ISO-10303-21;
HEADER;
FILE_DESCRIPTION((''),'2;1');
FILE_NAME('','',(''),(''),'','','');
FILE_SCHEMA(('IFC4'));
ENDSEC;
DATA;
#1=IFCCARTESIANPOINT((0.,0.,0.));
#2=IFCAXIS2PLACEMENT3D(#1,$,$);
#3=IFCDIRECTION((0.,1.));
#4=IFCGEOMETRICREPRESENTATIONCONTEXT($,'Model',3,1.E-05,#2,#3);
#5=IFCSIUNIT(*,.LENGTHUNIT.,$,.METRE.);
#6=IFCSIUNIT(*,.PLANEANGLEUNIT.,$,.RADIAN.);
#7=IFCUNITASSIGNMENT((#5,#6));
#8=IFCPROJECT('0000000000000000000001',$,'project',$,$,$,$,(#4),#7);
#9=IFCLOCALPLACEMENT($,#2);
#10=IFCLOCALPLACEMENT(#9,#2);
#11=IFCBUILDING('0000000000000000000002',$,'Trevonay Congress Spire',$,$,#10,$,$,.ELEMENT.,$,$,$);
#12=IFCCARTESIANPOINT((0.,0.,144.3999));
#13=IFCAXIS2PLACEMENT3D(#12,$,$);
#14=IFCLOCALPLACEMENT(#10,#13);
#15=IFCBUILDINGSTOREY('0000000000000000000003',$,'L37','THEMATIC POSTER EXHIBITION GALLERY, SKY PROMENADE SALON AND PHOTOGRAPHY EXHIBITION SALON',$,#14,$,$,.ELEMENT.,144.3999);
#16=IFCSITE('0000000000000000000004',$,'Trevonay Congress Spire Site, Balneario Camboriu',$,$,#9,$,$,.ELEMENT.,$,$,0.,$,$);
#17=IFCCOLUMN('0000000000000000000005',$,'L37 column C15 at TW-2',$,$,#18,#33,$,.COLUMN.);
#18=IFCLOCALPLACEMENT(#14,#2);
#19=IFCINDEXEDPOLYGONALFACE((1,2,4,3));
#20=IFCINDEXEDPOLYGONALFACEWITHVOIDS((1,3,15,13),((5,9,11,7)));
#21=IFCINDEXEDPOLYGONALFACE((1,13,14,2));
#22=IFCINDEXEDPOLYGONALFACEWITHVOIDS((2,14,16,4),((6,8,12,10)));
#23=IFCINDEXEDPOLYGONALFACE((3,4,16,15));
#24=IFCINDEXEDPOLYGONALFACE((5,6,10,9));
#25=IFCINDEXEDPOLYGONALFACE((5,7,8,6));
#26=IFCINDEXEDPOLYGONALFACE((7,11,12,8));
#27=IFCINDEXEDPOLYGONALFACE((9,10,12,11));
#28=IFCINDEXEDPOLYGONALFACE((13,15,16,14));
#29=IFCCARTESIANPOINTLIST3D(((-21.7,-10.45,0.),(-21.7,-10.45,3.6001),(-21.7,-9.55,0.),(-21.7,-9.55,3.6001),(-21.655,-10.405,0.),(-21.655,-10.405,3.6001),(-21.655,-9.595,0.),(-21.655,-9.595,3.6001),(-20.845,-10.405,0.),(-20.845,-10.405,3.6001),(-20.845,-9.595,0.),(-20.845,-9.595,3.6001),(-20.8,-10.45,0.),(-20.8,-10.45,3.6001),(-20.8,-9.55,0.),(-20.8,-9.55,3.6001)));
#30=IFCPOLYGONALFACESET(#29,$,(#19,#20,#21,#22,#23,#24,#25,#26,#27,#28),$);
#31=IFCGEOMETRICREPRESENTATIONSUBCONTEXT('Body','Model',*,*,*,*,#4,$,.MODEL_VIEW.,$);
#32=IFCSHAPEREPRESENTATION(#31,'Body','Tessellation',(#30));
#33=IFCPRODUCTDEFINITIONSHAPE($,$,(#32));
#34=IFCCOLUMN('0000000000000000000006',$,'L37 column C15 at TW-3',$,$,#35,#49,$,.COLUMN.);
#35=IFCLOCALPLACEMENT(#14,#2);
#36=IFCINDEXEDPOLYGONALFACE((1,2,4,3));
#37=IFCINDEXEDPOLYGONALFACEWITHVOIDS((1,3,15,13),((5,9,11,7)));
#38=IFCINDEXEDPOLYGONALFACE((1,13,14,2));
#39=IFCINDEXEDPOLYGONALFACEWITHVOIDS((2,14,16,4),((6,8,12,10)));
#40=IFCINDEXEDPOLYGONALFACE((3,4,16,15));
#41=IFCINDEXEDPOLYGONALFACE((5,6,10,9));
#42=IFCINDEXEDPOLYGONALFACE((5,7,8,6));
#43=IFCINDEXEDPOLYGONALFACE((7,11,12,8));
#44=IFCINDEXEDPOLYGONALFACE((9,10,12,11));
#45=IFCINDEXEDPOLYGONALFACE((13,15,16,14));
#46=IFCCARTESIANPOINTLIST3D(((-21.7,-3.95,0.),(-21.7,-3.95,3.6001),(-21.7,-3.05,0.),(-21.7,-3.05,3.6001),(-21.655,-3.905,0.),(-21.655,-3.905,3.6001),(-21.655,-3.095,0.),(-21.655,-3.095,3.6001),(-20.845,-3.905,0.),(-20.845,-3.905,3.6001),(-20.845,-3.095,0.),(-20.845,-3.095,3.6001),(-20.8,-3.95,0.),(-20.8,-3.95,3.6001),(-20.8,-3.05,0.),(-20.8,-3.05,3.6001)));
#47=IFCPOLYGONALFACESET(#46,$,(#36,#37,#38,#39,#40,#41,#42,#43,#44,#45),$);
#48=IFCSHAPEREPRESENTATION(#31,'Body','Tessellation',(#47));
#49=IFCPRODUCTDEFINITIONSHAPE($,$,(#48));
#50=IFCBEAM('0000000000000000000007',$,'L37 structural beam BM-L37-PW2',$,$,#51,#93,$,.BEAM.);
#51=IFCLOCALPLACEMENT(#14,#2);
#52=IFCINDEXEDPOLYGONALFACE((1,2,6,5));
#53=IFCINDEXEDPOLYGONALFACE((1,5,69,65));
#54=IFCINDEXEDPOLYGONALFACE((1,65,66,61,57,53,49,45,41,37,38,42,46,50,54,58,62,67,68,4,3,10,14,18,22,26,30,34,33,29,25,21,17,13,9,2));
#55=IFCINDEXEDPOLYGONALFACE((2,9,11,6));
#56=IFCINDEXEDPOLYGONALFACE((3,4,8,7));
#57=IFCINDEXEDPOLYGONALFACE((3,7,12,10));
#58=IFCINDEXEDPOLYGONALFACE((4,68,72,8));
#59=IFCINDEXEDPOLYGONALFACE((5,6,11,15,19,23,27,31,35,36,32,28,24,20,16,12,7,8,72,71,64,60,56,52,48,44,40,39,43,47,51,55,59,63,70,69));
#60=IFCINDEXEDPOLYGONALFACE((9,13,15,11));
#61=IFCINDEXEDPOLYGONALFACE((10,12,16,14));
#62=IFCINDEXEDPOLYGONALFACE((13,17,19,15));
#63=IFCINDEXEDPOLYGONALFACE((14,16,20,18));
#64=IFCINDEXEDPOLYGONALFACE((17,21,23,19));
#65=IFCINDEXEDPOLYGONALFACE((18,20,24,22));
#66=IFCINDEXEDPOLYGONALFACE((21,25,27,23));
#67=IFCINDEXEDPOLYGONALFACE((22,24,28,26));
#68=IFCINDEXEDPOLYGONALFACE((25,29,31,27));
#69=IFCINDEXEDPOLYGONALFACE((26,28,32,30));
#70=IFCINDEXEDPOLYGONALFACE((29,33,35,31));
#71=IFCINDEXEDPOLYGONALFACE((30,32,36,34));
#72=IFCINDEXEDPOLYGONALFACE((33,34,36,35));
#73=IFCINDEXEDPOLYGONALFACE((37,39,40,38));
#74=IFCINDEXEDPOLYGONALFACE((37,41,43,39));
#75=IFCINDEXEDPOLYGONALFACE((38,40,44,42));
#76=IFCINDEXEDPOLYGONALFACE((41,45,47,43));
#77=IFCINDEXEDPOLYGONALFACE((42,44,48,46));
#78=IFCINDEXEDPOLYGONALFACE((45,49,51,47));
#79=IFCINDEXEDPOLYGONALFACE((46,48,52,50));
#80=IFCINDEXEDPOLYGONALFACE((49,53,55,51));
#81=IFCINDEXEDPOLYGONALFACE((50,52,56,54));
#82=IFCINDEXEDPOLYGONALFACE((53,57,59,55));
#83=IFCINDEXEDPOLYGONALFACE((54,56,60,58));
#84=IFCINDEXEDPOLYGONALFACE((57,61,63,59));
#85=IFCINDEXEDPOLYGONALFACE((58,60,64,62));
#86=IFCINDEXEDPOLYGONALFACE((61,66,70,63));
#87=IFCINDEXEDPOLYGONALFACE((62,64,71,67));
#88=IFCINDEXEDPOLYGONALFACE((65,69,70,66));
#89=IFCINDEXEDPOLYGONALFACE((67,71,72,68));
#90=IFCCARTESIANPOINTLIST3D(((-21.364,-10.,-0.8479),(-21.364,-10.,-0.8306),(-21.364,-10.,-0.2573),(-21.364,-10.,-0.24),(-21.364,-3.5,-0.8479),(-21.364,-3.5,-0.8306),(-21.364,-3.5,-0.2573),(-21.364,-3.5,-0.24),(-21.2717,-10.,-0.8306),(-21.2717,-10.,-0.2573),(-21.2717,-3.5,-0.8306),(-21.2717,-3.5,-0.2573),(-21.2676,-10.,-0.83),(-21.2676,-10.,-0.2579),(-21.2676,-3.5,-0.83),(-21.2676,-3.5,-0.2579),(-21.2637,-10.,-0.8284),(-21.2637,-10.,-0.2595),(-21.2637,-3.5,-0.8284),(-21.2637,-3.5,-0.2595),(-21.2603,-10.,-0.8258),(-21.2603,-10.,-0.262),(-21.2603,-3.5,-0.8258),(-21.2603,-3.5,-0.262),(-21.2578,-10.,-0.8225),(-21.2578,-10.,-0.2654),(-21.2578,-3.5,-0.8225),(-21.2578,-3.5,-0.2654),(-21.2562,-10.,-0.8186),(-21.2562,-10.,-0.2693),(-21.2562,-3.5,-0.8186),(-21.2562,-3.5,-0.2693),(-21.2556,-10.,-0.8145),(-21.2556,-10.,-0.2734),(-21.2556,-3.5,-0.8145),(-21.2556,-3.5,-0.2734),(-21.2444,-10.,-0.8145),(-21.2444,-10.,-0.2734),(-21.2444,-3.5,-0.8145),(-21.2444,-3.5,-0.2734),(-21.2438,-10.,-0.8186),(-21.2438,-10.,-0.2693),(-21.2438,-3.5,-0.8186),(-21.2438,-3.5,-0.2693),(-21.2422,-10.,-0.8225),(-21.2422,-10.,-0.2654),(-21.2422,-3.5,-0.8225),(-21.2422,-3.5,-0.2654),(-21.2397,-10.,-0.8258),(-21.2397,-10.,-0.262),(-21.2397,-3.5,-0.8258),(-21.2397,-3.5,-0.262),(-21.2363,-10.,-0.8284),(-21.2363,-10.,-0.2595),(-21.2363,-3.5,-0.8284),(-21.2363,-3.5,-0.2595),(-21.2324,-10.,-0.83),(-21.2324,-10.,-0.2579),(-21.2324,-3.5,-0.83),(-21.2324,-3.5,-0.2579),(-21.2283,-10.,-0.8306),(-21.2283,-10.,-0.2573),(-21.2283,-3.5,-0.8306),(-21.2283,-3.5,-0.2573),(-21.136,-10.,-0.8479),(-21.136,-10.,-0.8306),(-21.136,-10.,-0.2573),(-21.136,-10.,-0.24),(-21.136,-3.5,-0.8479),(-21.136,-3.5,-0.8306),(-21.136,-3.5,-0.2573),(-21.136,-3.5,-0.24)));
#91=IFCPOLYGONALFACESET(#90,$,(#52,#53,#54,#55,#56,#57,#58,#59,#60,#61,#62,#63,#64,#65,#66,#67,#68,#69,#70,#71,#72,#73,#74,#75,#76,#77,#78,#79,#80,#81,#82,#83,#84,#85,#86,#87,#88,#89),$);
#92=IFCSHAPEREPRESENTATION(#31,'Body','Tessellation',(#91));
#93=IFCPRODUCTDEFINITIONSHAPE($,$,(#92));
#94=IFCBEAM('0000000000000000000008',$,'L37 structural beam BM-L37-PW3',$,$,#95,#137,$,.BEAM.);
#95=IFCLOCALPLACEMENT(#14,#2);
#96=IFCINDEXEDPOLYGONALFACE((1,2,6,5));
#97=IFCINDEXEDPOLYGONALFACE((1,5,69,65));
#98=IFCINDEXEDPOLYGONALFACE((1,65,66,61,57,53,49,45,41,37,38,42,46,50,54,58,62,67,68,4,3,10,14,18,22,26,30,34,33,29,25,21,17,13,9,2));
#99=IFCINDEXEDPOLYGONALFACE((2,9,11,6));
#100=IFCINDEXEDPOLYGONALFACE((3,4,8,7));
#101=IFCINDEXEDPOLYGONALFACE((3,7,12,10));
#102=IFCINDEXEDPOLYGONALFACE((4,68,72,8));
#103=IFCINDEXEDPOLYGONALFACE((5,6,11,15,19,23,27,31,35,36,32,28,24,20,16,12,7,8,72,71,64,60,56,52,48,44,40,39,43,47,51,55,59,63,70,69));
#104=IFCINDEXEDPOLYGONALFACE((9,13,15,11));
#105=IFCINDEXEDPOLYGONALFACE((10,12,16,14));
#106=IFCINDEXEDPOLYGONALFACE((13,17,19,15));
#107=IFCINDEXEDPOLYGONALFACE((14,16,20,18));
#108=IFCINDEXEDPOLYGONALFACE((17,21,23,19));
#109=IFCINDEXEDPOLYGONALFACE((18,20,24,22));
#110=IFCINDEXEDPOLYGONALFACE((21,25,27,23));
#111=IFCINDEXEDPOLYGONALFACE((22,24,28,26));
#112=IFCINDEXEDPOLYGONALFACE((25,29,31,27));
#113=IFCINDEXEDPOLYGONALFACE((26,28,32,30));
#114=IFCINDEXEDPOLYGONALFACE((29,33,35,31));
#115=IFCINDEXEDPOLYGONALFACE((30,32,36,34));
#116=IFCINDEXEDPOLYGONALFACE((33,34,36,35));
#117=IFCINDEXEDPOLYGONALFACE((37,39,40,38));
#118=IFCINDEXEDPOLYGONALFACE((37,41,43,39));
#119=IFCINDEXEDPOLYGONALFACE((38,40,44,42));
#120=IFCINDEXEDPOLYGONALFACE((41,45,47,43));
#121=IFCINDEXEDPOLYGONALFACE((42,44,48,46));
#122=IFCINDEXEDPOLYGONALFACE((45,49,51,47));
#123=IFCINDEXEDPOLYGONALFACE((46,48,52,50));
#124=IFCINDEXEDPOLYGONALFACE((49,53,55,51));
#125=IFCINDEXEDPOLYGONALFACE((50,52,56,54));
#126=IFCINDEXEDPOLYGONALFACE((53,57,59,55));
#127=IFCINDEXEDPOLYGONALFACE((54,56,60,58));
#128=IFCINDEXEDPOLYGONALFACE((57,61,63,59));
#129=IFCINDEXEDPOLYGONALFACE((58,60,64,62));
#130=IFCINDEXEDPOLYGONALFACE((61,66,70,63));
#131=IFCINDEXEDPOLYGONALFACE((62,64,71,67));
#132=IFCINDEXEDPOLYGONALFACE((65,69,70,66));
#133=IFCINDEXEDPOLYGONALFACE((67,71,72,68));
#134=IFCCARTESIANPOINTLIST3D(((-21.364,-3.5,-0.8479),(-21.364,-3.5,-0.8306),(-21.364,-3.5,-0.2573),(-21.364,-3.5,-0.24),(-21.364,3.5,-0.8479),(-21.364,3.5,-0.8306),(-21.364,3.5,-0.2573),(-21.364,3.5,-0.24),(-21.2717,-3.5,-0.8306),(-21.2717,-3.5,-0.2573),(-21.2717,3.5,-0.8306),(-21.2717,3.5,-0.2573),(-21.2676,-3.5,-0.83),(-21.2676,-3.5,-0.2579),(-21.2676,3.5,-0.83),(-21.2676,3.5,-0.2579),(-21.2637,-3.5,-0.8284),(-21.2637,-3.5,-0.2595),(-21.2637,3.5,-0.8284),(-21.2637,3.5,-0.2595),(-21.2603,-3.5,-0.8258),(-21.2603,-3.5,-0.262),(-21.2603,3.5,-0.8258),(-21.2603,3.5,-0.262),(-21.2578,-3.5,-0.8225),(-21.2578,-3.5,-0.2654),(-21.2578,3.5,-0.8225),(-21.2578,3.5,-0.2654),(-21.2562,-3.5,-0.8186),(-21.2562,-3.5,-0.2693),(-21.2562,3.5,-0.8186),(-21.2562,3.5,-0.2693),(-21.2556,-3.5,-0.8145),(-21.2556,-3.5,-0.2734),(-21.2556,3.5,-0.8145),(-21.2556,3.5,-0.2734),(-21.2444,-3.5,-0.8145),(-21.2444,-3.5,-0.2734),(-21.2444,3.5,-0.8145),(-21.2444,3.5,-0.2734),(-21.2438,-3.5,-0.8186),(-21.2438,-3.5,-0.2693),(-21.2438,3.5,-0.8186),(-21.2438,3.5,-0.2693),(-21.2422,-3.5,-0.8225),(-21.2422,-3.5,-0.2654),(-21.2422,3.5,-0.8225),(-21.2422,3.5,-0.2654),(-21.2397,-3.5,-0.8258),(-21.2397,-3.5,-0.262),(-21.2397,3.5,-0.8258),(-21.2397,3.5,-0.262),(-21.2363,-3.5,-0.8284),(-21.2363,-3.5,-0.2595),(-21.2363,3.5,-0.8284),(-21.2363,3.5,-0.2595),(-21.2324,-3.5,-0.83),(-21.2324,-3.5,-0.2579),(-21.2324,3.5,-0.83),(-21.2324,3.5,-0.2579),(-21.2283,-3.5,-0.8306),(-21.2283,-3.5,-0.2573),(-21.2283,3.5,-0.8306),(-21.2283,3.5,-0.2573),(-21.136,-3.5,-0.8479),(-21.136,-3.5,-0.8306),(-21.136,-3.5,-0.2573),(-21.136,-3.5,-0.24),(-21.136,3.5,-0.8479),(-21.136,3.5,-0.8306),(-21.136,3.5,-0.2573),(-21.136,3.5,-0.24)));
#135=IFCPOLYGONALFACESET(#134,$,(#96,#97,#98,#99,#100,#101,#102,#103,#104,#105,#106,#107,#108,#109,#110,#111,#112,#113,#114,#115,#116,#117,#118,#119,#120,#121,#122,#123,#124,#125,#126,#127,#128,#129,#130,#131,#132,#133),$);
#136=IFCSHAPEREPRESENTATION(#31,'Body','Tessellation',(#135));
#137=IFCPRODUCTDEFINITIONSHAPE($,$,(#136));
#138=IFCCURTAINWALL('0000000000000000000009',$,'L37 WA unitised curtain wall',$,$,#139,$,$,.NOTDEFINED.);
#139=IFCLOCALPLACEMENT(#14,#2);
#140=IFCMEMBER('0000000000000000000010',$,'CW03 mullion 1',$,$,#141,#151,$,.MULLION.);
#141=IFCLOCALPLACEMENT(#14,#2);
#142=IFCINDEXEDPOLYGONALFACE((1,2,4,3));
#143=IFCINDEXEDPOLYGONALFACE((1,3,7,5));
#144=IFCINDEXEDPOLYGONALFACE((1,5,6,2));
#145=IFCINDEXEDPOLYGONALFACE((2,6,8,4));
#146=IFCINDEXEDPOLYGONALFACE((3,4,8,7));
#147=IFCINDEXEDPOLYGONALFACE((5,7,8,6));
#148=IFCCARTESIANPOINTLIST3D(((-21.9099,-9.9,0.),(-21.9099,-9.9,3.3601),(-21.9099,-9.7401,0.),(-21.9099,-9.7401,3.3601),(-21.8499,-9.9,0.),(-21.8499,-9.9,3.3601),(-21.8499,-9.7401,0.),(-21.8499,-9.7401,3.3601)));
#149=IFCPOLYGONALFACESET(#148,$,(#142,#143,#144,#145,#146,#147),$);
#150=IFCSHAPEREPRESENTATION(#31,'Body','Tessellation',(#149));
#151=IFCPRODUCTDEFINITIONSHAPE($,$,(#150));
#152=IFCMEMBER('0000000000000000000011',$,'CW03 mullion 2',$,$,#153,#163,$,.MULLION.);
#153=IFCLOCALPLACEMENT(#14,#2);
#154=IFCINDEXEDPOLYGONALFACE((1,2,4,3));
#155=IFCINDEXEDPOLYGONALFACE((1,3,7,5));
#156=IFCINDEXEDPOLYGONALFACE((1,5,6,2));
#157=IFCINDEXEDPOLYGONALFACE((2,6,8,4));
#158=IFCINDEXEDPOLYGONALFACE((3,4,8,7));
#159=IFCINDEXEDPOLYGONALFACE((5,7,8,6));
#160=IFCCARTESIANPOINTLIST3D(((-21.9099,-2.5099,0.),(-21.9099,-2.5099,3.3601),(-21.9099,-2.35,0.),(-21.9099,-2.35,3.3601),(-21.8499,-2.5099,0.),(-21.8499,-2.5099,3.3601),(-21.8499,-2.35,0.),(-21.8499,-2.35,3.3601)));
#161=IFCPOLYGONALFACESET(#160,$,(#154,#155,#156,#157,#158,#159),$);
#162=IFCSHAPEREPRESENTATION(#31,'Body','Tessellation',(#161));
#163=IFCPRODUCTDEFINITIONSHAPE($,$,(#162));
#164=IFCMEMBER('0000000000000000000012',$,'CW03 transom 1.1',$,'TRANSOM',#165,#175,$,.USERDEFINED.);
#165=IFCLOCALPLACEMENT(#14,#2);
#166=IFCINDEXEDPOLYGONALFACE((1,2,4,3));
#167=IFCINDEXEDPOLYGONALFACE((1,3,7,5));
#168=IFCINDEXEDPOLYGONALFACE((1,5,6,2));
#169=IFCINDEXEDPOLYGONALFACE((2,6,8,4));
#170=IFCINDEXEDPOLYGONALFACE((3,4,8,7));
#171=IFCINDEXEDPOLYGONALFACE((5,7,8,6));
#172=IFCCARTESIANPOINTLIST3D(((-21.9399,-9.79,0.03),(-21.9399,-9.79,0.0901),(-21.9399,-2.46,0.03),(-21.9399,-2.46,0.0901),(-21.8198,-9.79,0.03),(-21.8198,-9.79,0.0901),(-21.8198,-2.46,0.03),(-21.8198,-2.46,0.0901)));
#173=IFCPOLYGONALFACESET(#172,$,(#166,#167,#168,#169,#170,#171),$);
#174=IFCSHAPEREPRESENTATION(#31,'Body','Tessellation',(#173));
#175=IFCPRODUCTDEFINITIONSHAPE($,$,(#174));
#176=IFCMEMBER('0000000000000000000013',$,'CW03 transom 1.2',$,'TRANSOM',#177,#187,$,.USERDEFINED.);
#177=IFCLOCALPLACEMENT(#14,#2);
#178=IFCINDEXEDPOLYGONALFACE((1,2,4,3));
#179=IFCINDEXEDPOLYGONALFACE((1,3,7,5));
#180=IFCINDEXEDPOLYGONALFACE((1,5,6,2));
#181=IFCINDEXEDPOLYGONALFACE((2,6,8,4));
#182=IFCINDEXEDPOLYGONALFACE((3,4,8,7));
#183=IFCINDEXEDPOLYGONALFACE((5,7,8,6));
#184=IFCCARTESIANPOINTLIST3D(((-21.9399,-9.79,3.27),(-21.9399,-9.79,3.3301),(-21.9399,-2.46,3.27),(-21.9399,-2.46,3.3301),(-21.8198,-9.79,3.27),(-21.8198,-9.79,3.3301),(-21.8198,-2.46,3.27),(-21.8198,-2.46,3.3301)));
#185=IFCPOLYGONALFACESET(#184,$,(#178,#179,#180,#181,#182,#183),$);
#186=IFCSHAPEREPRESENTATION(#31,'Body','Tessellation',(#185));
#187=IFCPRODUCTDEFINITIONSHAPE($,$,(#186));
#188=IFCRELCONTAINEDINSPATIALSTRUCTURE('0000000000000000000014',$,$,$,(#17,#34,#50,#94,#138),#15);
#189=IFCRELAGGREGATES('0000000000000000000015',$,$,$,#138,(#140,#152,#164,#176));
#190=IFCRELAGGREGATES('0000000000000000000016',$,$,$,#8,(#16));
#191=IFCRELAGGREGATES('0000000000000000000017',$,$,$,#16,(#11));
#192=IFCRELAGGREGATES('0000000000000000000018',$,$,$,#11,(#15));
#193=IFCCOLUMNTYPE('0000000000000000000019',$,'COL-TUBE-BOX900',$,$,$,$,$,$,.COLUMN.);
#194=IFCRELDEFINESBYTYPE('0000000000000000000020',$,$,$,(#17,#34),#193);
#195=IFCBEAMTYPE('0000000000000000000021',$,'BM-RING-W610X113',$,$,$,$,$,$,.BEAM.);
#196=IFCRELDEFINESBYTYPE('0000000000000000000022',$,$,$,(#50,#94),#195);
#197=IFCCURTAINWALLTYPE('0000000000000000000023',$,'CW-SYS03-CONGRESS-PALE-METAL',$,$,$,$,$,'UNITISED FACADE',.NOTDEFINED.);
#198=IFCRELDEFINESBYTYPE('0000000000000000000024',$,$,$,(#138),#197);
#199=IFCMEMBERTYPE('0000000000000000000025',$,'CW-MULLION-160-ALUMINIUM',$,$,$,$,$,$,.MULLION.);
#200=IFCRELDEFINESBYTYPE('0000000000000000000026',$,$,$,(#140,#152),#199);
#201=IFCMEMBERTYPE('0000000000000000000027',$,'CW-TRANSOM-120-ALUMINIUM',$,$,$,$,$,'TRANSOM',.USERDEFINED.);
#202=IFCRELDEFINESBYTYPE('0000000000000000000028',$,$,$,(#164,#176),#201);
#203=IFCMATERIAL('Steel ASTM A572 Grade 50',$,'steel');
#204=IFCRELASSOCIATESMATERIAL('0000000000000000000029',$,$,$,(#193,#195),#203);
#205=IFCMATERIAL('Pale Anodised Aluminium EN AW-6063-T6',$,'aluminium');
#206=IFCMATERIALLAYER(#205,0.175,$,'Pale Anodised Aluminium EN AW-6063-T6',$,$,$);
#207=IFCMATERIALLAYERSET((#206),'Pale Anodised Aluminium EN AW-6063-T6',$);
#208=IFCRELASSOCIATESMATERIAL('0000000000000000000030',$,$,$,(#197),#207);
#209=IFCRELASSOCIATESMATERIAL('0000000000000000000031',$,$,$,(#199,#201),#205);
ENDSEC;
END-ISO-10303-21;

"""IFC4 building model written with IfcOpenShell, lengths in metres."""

from ifc_helpers import new_model, si_unit, direction, frame, origin, origin_2d, place, context, subcontext, project, spatial, rectangle, hollow_rectangle, i_section, extrude, material, layer, layer_set, material_profile, profile_set, type_object, element, aggregate, save


model = new_model("IFC4")

# Units and contexts
model_context = context("Model", 3, precision=1e-05, world=origin(), true_north=direction((0.0, 1.0)))
body_context = subcontext(model_context, "Body", "Model", "MODEL_VIEW")
ifc_project = project(units=[si_unit("LENGTHUNIT", "METRE"), si_unit("PLANEANGLEUNIT", "RADIAN")], contexts=[model_context])

# Site, building, storey
site_placement = place(None, origin())
site = spatial("IfcSite", under=ifc_project, at=site_placement, Name="Trevonay Congress Spire Site, Balneario Camboriu", CompositionType="ELEMENT", RefElevation=0.0)
building_placement = place(site_placement, origin())
building = spatial("IfcBuilding", under=site, at=building_placement, Name="Trevonay Congress Spire", CompositionType="ELEMENT")
storey_placement = place(building_placement, frame((0.0, 0.0, 144.3999)))
storey = spatial("IfcBuildingStorey", under=building, at=storey_placement, Name="L37", Description="THEMATIC POSTER EXHIBITION GALLERY, SKY PROMENADE SALON AND PHOTOGRAPHY EXHIBITION SALON", CompositionType="ELEMENT", Elevation=144.3999)

# Columns
ifc_material_1 = material(Name="Steel ASTM A572 Grade 50", Category="steel")
ifc_material_profile_1 = material_profile(ifc_material_1, hollow_rectangle(XDim=0.8999, YDim=0.8999, WallThickness=0.0449, at=origin_2d()), Name="BOX 900x900x45")
ifc_profile_set_1 = profile_set([ifc_material_profile_1], Name="Steel ASTM A572 Grade 50")
column_type = type_object("IfcColumnType", Name="COL-TUBE-BOX900", PredefinedType="COLUMN", material=ifc_profile_set_1)
for number, where, z_axis, x_axis, name in (
    (1, (-21.25, -10.0, 0.0), (0.0, 0.0, 1.0), (1.0, 0.0, 0.0), "L37 column C15 at TW-2"),
    (2, (-21.25, -3.5, 0.0), (0.0, 0.0, 1.0), (1.0, 0.0, 0.0), "L37 column C15 at TW-3"),
):
    element("IfcColumn", number, at=place(storey_placement, frame(where, z_axis=z_axis, x_axis=x_axis)), inside=storey, type_object=column_type, Name=name, PredefinedType="COLUMN", context=body_context, shape_type="SweptSolid", body=[
        extrude(hollow_rectangle(XDim=0.8999, YDim=0.8999, WallThickness=0.0449, at=origin_2d()), origin(), (0.0, 0.0, 1.0), 3.6001),
    ])

# Beams
ifc_material_profile_2 = material_profile(ifc_material_1, i_section(OverallWidth=0.228, OverallDepth=0.6079, WebThickness=0.0112, FlangeThickness=0.0173, FilletRadius=0.0161, at=origin_2d()), Name="W610x113")
ifc_profile_set_2 = profile_set([ifc_material_profile_2], Name="Steel ASTM A572 Grade 50")
beam_type_1 = type_object("IfcBeamType", Name="BM-RING-W610X113", PredefinedType="BEAM", material=ifc_profile_set_2)
beam_1_placement = place(storey_placement, frame((-21.25, -10.0, -0.5439), z_axis=(0.0, 1.0, 0.0), x_axis=(-1.0, 0.0, 0.0)))
element("IfcBeam", 3, at=beam_1_placement, inside=storey, type_object=beam_type_1, Name="L37 structural beam BM-L37-PW2", PredefinedType="BEAM", context=body_context, shape_type="SweptSolid", body=[
    extrude(i_section(OverallWidth=0.228, OverallDepth=0.6079, WebThickness=0.0112, FlangeThickness=0.0173, FilletRadius=0.0161, at=origin_2d()), origin(), (0.0, 0.0, 1.0), 6.5),
])
beam_2_placement = place(storey_placement, frame((-21.25, -3.5, -0.5439), z_axis=(0.0, 1.0, 0.0), x_axis=(-1.0, 0.0, 0.0)))
element("IfcBeam", 4, at=beam_2_placement, inside=storey, type_object=beam_type_1, Name="L37 structural beam BM-L37-PW3", PredefinedType="BEAM", context=body_context, shape_type="SweptSolid", body=[
    extrude(i_section(OverallWidth=0.228, OverallDepth=0.6079, WebThickness=0.0112, FlangeThickness=0.0173, FilletRadius=0.0161, at=origin_2d()), origin(), (0.0, 0.0, 1.0), 7.0),
])

# Curtain wall, members
ifc_material_2 = material(Name="Pale Anodised Aluminium EN AW-6063-T6", Category="aluminium")
ifc_layer_1 = layer(ifc_material_2, 0.175, Name="Pale Anodised Aluminium EN AW-6063-T6")
ifc_layer_set_1 = layer_set([ifc_layer_1], Name="Pale Anodised Aluminium EN AW-6063-T6")
curtain_wall_type = type_object("IfcCurtainWallType", Name="CW-SYS03-CONGRESS-PALE-METAL", ElementType="UNITISED FACADE", PredefinedType="NOTDEFINED", material=ifc_layer_set_1)
curtain_wall_placement = place(storey_placement, origin())
curtain_wall = element("IfcCurtainWall", 5, at=curtain_wall_placement, inside=storey, type_object=curtain_wall_type, Name="L37 WA unitised curtain wall", PredefinedType="NOTDEFINED")
ifc_material_profile_3 = material_profile(ifc_material_2, rectangle(XDim=0.0601, YDim=0.1599, at=origin_2d()), Name="CW-MULLION-160-ALUMINIUM")
ifc_profile_set_3 = profile_set([ifc_material_profile_3], Name="Pale Anodised Aluminium EN AW-6063-T6")
member_type_1 = type_object("IfcMemberType", Name="CW-MULLION-160-ALUMINIUM", PredefinedType="MULLION", material=ifc_profile_set_3)
member_1_placement = place(storey_placement, frame((-21.8799, -9.8201, 0.0), z_axis=(0.0, 0.0, 1.0), x_axis=(-1.0, 0.0, 0.0)))
member_1 = element("IfcMember", 6, at=member_1_placement, type_object=member_type_1, Name="CW03 mullion 1", PredefinedType="MULLION", context=body_context, shape_type="SweptSolid", body=[
    extrude(rectangle(XDim=0.0601, YDim=0.1599, at=origin_2d()), origin(), (0.0, 0.0, 1.0), 3.3601),
])
member_2_placement = place(storey_placement, frame((-21.8799, -2.4299, 0.0), z_axis=(0.0, 0.0, 1.0), x_axis=(-1.0, 0.0, 0.0)))
member_2 = element("IfcMember", 7, at=member_2_placement, type_object=member_type_1, Name="CW03 mullion 2", PredefinedType="MULLION", context=body_context, shape_type="SweptSolid", body=[
    extrude(rectangle(XDim=0.0601, YDim=0.1599, at=origin_2d()), origin(), (0.0, 0.0, 1.0), 3.3601),
])
ifc_material_profile_4 = material_profile(ifc_material_2, rectangle(XDim=0.1201, YDim=0.0601, at=origin_2d()), Name="CW-TRANSOM-120-ALUMINIUM")
ifc_profile_set_4 = profile_set([ifc_material_profile_4], Name="Pale Anodised Aluminium EN AW-6063-T6")
member_type_2 = type_object("IfcMemberType", Name="CW-TRANSOM-120-ALUMINIUM", ElementType="TRANSOM", PredefinedType="USERDEFINED", material=ifc_profile_set_4)
member_3_placement = place(storey_placement, frame((-21.8799, -9.79, 0.0601), z_axis=(0.0, 1.0, 0.0), x_axis=(-1.0, 0.0, 0.0)))
member_3 = element("IfcMember", 8, at=member_3_placement, type_object=member_type_2, Name="CW03 transom 1.1", ObjectType="TRANSOM", PredefinedType="USERDEFINED", context=body_context, shape_type="SweptSolid", body=[
    extrude(rectangle(XDim=0.1201, YDim=0.0601, at=origin_2d()), origin(), (0.0, 0.0, 1.0), 7.3301),
])
member_4_placement = place(storey_placement, frame((-21.8799, -9.79, 3.3), z_axis=(0.0, 1.0, 0.0), x_axis=(-1.0, 0.0, 0.0)))
member_4 = element("IfcMember", 9, at=member_4_placement, type_object=member_type_2, Name="CW03 transom 1.2", ObjectType="TRANSOM", PredefinedType="USERDEFINED", context=body_context, shape_type="SweptSolid", body=[
    extrude(rectangle(XDim=0.1201, YDim=0.0601, at=origin_2d()), origin(), (0.0, 0.0, 1.0), 7.3301),
])

aggregate(curtain_wall, [member_1, member_2, member_3, member_4])

save(model, "model.ifc")
